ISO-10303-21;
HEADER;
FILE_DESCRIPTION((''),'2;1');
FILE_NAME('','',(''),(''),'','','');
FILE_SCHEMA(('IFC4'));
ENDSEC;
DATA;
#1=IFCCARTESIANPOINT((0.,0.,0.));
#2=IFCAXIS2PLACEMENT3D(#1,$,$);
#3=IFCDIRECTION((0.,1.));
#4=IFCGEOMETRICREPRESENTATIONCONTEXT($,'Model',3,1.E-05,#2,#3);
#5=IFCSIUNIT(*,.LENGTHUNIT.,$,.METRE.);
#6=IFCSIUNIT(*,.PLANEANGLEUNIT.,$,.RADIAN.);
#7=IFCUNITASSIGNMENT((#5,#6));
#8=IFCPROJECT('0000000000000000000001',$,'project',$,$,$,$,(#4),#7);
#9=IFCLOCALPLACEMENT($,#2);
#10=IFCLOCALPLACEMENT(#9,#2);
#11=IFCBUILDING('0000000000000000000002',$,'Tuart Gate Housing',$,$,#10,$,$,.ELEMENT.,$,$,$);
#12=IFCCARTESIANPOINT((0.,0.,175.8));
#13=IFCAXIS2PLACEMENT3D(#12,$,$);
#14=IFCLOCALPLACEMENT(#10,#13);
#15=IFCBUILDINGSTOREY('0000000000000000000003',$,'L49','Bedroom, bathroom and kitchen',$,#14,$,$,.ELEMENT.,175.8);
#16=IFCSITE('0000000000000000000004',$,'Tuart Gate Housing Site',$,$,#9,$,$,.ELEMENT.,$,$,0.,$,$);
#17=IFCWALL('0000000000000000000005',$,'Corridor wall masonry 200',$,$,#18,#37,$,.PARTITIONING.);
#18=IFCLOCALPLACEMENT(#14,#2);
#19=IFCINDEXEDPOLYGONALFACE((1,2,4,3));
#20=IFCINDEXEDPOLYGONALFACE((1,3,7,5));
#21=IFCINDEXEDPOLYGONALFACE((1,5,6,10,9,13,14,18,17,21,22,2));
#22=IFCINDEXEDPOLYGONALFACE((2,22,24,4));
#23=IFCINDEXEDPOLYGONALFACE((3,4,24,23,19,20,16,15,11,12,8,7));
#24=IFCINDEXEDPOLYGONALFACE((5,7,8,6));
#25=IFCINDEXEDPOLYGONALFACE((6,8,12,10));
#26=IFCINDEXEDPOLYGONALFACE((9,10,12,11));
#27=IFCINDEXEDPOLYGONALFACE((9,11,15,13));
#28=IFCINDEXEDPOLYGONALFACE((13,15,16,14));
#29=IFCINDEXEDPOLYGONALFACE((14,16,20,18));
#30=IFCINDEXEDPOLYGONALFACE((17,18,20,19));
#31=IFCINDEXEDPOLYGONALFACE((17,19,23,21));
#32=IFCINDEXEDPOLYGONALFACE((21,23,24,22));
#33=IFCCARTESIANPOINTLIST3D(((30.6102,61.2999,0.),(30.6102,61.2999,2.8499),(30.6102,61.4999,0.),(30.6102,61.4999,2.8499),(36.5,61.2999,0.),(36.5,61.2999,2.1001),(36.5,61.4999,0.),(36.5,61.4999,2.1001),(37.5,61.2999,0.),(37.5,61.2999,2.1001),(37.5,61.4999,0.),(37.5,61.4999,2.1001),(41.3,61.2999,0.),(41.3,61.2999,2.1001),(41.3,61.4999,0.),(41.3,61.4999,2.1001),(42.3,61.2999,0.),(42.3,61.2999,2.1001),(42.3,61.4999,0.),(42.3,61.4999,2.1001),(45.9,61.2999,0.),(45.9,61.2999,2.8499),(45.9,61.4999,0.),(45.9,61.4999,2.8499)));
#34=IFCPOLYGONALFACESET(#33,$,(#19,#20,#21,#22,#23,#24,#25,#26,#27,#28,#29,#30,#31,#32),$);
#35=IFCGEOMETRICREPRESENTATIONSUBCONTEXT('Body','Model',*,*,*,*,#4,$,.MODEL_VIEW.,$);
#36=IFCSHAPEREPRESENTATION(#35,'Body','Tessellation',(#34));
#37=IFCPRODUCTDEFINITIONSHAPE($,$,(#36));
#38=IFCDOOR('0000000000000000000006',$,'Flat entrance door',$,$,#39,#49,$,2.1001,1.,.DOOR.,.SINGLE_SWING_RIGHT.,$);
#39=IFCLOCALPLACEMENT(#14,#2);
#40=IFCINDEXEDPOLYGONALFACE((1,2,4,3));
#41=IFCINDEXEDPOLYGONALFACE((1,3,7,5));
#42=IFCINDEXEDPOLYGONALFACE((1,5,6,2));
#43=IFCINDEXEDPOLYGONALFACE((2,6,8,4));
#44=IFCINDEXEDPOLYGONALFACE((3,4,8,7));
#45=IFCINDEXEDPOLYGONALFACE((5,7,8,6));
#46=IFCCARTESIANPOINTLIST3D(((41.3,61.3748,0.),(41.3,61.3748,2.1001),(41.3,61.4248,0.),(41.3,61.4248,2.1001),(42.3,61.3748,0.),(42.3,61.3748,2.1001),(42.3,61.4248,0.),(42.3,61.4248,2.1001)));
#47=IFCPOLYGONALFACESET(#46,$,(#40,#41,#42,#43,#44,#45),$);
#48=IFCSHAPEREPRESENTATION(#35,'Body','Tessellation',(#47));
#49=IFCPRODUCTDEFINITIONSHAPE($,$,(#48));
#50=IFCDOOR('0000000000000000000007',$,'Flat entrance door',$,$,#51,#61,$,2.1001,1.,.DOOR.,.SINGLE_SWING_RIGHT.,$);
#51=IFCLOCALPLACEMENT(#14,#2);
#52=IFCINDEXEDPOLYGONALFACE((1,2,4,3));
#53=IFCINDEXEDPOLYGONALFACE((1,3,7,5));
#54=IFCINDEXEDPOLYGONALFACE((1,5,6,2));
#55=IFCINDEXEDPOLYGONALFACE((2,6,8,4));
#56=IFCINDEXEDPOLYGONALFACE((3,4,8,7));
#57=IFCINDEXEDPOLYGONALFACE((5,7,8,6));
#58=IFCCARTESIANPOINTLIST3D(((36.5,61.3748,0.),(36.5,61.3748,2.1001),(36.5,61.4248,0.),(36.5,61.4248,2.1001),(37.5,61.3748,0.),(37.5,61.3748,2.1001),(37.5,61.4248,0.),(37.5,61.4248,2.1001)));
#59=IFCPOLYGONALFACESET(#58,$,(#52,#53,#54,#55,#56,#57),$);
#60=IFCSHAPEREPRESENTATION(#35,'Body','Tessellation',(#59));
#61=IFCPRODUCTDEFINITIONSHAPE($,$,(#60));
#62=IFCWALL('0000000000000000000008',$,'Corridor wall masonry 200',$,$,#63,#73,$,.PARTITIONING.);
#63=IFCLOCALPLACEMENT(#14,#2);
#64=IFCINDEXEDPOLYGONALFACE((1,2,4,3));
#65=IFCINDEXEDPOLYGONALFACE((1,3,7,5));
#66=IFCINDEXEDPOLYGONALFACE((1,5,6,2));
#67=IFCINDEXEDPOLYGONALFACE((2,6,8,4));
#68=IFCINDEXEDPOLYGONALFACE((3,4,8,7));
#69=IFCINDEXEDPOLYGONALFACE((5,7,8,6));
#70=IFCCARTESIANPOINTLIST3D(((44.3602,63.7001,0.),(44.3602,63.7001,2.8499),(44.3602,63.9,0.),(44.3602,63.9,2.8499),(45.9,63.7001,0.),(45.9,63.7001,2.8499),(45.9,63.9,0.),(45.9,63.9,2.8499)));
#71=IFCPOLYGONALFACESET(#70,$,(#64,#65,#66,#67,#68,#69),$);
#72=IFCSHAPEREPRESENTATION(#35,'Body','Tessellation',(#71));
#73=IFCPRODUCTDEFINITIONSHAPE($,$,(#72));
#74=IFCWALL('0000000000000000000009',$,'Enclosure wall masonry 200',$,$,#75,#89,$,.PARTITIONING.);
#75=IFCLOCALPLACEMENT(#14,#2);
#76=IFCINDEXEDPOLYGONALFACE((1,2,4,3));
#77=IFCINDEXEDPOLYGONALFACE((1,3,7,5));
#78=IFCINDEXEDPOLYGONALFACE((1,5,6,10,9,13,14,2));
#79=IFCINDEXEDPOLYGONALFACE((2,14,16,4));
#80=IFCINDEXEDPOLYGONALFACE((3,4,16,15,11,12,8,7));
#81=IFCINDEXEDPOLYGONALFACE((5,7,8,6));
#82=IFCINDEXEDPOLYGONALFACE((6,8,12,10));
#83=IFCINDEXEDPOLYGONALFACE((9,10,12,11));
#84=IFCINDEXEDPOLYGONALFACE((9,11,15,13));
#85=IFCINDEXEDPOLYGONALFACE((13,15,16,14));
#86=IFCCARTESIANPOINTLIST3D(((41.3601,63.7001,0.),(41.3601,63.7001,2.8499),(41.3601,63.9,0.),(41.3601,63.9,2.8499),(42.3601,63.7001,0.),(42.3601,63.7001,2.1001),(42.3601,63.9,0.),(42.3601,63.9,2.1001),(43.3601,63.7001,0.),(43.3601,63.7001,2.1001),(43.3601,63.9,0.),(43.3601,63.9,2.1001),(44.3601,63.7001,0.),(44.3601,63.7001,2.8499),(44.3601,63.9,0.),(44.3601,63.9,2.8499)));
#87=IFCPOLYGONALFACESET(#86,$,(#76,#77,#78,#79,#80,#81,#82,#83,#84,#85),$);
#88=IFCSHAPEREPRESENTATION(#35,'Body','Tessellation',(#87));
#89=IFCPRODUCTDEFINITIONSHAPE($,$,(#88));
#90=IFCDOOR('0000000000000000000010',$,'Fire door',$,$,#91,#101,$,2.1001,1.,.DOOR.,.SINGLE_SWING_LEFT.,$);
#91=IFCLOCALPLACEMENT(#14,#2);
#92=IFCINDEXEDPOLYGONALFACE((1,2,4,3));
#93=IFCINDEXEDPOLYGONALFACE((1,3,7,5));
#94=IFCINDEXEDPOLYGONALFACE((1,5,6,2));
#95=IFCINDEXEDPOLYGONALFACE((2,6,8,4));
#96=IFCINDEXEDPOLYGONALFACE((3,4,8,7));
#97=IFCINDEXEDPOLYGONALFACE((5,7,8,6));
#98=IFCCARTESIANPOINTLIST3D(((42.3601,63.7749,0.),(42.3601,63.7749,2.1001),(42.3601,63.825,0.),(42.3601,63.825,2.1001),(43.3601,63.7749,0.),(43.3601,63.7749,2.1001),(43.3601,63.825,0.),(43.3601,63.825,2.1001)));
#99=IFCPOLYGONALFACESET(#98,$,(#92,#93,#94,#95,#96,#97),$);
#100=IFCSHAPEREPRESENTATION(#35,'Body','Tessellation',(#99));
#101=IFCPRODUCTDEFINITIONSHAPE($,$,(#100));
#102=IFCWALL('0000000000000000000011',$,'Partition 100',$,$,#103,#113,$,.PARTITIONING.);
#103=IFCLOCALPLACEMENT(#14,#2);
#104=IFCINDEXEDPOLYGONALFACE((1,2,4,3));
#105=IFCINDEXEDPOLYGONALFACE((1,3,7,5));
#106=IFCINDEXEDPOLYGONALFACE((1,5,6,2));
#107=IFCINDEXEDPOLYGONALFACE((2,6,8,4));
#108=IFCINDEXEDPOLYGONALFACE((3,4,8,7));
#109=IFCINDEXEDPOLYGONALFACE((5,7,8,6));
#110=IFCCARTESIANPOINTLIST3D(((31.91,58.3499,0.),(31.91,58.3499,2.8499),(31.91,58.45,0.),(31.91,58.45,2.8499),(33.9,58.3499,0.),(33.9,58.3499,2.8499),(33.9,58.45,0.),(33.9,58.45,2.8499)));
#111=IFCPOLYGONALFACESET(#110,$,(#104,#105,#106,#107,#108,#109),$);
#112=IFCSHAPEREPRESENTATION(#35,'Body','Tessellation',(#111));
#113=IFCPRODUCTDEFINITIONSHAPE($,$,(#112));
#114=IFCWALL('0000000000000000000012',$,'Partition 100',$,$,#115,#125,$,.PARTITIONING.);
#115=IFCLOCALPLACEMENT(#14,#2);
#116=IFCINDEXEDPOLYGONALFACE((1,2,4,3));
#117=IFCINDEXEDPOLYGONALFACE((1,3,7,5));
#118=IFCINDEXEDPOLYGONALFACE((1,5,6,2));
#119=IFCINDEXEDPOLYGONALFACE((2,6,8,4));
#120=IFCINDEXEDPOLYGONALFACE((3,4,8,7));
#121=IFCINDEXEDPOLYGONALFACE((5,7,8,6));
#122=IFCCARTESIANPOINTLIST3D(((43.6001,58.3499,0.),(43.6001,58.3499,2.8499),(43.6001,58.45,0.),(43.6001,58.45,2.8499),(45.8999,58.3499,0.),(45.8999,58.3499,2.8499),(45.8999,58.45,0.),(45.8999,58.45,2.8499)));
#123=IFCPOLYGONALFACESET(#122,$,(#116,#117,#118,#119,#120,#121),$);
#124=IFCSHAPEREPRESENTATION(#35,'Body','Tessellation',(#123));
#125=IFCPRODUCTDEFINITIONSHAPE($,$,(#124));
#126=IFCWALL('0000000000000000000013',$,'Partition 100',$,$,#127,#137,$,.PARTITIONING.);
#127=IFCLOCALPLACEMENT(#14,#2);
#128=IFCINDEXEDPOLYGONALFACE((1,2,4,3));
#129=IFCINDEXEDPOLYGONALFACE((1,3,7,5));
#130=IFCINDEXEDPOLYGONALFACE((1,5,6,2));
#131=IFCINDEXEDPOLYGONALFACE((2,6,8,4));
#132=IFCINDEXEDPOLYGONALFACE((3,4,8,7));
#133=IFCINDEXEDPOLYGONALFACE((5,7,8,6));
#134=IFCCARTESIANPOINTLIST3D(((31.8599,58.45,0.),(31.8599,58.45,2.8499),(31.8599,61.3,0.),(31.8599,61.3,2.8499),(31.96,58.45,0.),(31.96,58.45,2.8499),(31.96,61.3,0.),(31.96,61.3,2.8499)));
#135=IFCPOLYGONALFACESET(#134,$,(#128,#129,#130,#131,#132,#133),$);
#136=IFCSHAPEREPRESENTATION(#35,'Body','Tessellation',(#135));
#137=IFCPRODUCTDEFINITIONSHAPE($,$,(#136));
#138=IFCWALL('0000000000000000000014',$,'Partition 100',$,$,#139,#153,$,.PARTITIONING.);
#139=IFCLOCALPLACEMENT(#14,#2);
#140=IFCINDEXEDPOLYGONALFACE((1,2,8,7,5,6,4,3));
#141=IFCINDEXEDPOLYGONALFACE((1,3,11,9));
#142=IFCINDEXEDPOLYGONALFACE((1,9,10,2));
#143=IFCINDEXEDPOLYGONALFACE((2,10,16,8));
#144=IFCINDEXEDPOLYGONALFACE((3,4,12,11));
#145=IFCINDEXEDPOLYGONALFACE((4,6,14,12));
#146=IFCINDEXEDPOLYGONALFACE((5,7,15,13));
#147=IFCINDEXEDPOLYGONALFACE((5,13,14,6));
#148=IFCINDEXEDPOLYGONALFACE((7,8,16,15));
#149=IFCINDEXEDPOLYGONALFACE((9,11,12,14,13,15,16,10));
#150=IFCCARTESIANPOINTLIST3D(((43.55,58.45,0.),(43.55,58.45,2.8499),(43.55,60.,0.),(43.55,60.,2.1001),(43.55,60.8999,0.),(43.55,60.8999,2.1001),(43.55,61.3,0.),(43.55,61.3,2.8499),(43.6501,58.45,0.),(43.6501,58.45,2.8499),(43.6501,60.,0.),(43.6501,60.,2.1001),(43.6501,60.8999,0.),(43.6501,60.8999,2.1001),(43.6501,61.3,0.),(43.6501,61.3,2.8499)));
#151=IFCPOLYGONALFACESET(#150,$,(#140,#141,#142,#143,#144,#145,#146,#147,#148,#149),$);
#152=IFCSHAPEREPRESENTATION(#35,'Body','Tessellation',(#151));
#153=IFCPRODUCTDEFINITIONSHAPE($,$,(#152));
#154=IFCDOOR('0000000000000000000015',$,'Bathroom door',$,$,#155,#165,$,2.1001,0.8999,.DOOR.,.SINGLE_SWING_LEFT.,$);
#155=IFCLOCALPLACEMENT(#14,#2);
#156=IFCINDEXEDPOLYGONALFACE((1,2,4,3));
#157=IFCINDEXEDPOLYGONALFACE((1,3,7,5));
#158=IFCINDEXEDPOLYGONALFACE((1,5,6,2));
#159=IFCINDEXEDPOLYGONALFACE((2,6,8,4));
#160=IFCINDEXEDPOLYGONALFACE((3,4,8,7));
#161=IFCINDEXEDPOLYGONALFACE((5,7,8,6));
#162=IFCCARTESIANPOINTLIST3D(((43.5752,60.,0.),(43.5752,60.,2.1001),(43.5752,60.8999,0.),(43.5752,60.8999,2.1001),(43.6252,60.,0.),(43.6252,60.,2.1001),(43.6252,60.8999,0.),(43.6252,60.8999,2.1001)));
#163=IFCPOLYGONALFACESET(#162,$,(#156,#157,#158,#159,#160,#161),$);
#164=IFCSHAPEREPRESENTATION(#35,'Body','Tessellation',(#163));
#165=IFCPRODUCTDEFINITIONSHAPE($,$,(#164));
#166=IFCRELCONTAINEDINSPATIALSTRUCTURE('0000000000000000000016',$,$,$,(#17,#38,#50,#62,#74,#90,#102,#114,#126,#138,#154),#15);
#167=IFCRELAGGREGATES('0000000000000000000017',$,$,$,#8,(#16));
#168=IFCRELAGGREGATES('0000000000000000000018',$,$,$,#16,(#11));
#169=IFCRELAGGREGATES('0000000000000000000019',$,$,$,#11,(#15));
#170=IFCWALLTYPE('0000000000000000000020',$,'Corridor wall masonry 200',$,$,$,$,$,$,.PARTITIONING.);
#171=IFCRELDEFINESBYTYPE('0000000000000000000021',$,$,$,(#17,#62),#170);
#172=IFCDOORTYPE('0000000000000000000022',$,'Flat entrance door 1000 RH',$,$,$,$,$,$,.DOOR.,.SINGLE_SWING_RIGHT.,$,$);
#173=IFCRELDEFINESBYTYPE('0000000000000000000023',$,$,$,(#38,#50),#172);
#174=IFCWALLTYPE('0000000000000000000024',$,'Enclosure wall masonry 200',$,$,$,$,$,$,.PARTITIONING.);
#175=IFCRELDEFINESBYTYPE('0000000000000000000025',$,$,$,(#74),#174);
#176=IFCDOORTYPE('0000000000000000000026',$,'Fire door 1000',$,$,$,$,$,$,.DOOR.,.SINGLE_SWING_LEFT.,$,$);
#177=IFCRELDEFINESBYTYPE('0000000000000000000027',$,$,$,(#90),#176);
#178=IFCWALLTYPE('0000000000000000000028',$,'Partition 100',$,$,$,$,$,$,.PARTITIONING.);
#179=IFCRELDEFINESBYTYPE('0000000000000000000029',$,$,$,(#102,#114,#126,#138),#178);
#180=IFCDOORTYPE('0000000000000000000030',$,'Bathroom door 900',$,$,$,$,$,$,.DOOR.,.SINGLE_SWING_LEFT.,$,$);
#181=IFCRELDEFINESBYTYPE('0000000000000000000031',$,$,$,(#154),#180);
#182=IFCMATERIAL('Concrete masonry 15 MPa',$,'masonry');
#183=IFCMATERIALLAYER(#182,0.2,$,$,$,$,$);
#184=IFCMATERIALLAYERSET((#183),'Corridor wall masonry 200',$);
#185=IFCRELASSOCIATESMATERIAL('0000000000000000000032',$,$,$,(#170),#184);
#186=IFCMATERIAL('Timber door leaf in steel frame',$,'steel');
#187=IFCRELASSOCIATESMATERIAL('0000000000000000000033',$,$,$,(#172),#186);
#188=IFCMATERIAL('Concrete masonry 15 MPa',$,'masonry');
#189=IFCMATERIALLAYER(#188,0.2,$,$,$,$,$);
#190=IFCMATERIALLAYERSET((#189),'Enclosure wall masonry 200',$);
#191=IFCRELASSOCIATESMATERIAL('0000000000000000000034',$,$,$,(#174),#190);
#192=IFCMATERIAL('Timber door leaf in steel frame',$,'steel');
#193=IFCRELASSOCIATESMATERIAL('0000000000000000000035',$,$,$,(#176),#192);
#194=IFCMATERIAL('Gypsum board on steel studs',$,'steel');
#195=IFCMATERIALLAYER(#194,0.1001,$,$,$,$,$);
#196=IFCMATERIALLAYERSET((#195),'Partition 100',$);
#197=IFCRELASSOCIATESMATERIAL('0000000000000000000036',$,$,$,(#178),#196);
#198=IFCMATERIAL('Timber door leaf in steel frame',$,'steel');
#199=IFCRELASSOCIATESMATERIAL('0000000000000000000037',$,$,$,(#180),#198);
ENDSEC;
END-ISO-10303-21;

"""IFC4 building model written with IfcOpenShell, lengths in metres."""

from ifc_helpers import new_model, si_unit, direction, frame, frame_2d, origin, place, context, subcontext, project, spatial, rectangle, extrude, material, layer, layer_set, type_object, element, fill, save


model = new_model("IFC4")

# Units and contexts
model_context = context("Model", 3, precision=1e-05, world=origin(), true_north=direction((0.0, 1.0)))
body_context = subcontext(model_context, "Body", "Model", "MODEL_VIEW")
ifc_project = project(units=[si_unit("LENGTHUNIT", "METRE"), si_unit("PLANEANGLEUNIT", "RADIAN")], contexts=[model_context])

# Site, building, storey
site_placement = place(None, origin())
site = spatial("IfcSite", under=ifc_project, at=site_placement, Name="Tuart Gate Housing Site", CompositionType="ELEMENT", RefElevation=0.0)
building_placement = place(site_placement, origin())
building = spatial("IfcBuilding", under=site, at=building_placement, Name="Tuart Gate Housing", CompositionType="ELEMENT")
storey_placement = place(building_placement, frame((0.0, 0.0, 175.8)))
storey = spatial("IfcBuildingStorey", under=building, at=storey_placement, Name="L49", Description="Bedroom, bathroom and kitchen", CompositionType="ELEMENT", Elevation=175.8)

# Wall, openings, doors
ifc_material_1 = material(Name="Concrete masonry 15 MPa", Category="masonry")
ifc_layer_1 = layer(ifc_material_1, 0.2)
ifc_layer_set_1 = layer_set([ifc_layer_1], Name="Corridor wall masonry 200")
wall_type_1 = type_object("IfcWallType", Name="Corridor wall masonry 200", PredefinedType="PARTITIONING", material=ifc_layer_set_1)
wall_1_placement = place(storey_placement, frame((30.6101, 61.3999, 0.0), z_axis=(0.0, 0.0, 1.0), x_axis=(1.0, 0.0, 0.0)))
wall_1 = element("IfcWall", 1, at=wall_1_placement, inside=storey, type_object=wall_type_1, Name="Corridor wall masonry 200", PredefinedType="PARTITIONING", context=body_context, shape_type="SweptSolid", body=[
    extrude(rectangle(XDim=15.2898, YDim=0.2, at=frame_2d((7.645, 0.0))), origin(), (0.0, 0.0, 1.0), 2.8499),
])
opening_1_placement = place(wall_1_placement, frame((10.6899, 0.0, 0.0)))
opening_1 = element("IfcOpeningElement", 2, at=opening_1_placement, cuts=wall_1, PredefinedType="OPENING", context=body_context, shape_type="SweptSolid", body=[
    extrude(rectangle(XDim=1.0, YDim=2.1001, at=frame_2d((0.5, 1.05))), frame((0.0, 0.1099, 0.0), z_axis=(0.0, -1.0, 0.0), x_axis=(1.0, 0.0, 0.0)), (0.0, 0.0, 1.0), 0.22),
])
opening_2_placement = place(wall_1_placement, frame((5.8899, 0.0, 0.0)))
opening_2 = element("IfcOpeningElement", 3, at=opening_2_placement, cuts=wall_1, PredefinedType="OPENING", context=body_context, shape_type="SweptSolid", body=[
    extrude(rectangle(XDim=1.0, YDim=2.1001, at=frame_2d((0.5, 1.05))), frame((0.0, 0.1099, 0.0), z_axis=(0.0, -1.0, 0.0), x_axis=(1.0, 0.0, 0.0)), (0.0, 0.0, 1.0), 0.22),
])
ifc_material_2 = material(Name="Timber door leaf in steel frame", Category="steel")
door_type_1 = type_object("IfcDoorType", Name="Flat entrance door 1000 RH", OperationType="SINGLE_SWING_RIGHT", PredefinedType="DOOR", material=ifc_material_2)
door_1_placement = place(opening_1_placement, frame((1.0, 0.0, 0.0), z_axis=(0.0, 0.0, 1.0), x_axis=(-1.0, 0.0, 0.0)))
door_1 = element("IfcDoor", 4, at=door_1_placement, inside=storey, type_object=door_type_1, Name="Flat entrance door", OperationType="SINGLE_SWING_RIGHT", OverallHeight=2.1001, OverallWidth=1.0, PredefinedType="DOOR", context=body_context, shape_type="SweptSolid", body=[
    extrude(rectangle(XDim=1.0, YDim=2.1001, at=frame_2d((0.5, 1.05))), frame((0.0, 0.0251, 0.0), z_axis=(0.0, -1.0, 0.0), x_axis=(1.0, 0.0, 0.0)), (0.0, 0.0, 1.0), 0.05),
])
fill(opening_1, door_1)
door_2_placement = place(opening_2_placement, frame((1.0, 0.0, 0.0), z_axis=(0.0, 0.0, 1.0), x_axis=(-1.0, 0.0, 0.0)))
door_2 = element("IfcDoor", 5, at=door_2_placement, inside=storey, type_object=door_type_1, Name="Flat entrance door", OperationType="SINGLE_SWING_RIGHT", OverallHeight=2.1001, OverallWidth=1.0, PredefinedType="DOOR", context=body_context, shape_type="SweptSolid", body=[
    extrude(rectangle(XDim=1.0, YDim=2.1001, at=frame_2d((0.5, 1.05))), frame((0.0, 0.0251, 0.0), z_axis=(0.0, -1.0, 0.0), x_axis=(1.0, 0.0, 0.0)), (0.0, 0.0, 1.0), 0.05),
])
fill(opening_2, door_2)

# Wall
wall_2_placement = place(storey_placement, frame((44.3601, 63.8, 0.0), z_axis=(0.0, 0.0, 1.0), x_axis=(1.0, 0.0, 0.0)))
element("IfcWall", 6, at=wall_2_placement, inside=storey, type_object=wall_type_1, Name="Corridor wall masonry 200", PredefinedType="PARTITIONING", context=body_context, shape_type="SweptSolid", body=[
    extrude(rectangle(XDim=1.5398, YDim=0.2, at=frame_2d((0.77, 0.0))), origin(), (0.0, 0.0, 1.0), 2.8499),
])

# Wall, opening, door
ifc_material_3 = material(Name="Concrete masonry 15 MPa", Category="masonry")
ifc_layer_2 = layer(ifc_material_3, 0.2)
ifc_layer_set_2 = layer_set([ifc_layer_2], Name="Enclosure wall masonry 200")
wall_type_2 = type_object("IfcWallType", Name="Enclosure wall masonry 200", PredefinedType="PARTITIONING", material=ifc_layer_set_2)
wall_3_placement = place(storey_placement, frame((41.3601, 63.8, 0.0), z_axis=(0.0, 0.0, 1.0), x_axis=(1.0, 0.0, 0.0)))
wall_3 = element("IfcWall", 7, at=wall_3_placement, inside=storey, type_object=wall_type_2, Name="Enclosure wall masonry 200", PredefinedType="PARTITIONING", context=body_context, shape_type="SweptSolid", body=[
    extrude(rectangle(XDim=3.0, YDim=0.2, at=frame_2d((1.5, 0.0))), origin(), (0.0, 0.0, 1.0), 2.8499),
])
opening_3_placement = place(wall_3_placement, frame((1.0, 0.0, 0.0)))
opening_3 = element("IfcOpeningElement", 8, at=opening_3_placement, cuts=wall_3, PredefinedType="OPENING", context=body_context, shape_type="SweptSolid", body=[
    extrude(rectangle(XDim=1.0, YDim=2.1001, at=frame_2d((0.5, 1.05))), frame((0.0, 0.1099, 0.0), z_axis=(0.0, -1.0, 0.0), x_axis=(1.0, 0.0, 0.0)), (0.0, 0.0, 1.0), 0.22),
])
ifc_material_4 = material(Name="Timber door leaf in steel frame", Category="steel")
door_type_2 = type_object("IfcDoorType", Name="Fire door 1000", OperationType="SINGLE_SWING_LEFT", PredefinedType="DOOR", material=ifc_material_4)
door_3_placement = place(opening_3_placement, frame((1.0, 0.0, 0.0), z_axis=(0.0, 0.0, 1.0), x_axis=(-1.0, 0.0, 0.0)))
door_3 = element("IfcDoor", 9, at=door_3_placement, inside=storey, type_object=door_type_2, Name="Fire door", OperationType="SINGLE_SWING_LEFT", OverallHeight=2.1001, OverallWidth=1.0, PredefinedType="DOOR", context=body_context, shape_type="SweptSolid", body=[
    extrude(rectangle(XDim=1.0, YDim=2.1001, at=frame_2d((0.5, 1.05))), frame((0.0, 0.0251, 0.0), z_axis=(0.0, -1.0, 0.0), x_axis=(1.0, 0.0, 0.0)), (0.0, 0.0, 1.0), 0.05),
])
fill(opening_3, door_3)

# Walls
ifc_material_5 = material(Name="Gypsum board on steel studs", Category="steel")
ifc_layer_3 = layer(ifc_material_5, 0.1001)
ifc_layer_set_3 = layer_set([ifc_layer_3], Name="Partition 100")
wall_type_3 = type_object("IfcWallType", Name="Partition 100", PredefinedType="PARTITIONING", material=ifc_layer_set_3)
wall_4_placement = place(storey_placement, frame((31.9099, 58.3999, 0.0), z_axis=(0.0, 0.0, 1.0), x_axis=(1.0, 0.0, 0.0)))
element("IfcWall", 10, at=wall_4_placement, inside=storey, type_object=wall_type_3, Name="Partition 100", PredefinedType="PARTITIONING", context=body_context, shape_type="SweptSolid", body=[
    extrude(rectangle(XDim=1.99, YDim=0.1001, at=frame_2d((0.9951, 0.0))), origin(), (0.0, 0.0, 1.0), 2.8499),
])
wall_5_placement = place(storey_placement, frame((43.6001, 58.3999, 0.0), z_axis=(0.0, 0.0, 1.0), x_axis=(1.0, 0.0, 0.0)))
element("IfcWall", 11, at=wall_5_placement, inside=storey, type_object=wall_type_3, Name="Partition 100", PredefinedType="PARTITIONING", context=body_context, shape_type="SweptSolid", body=[
    extrude(rectangle(XDim=2.2998, YDim=0.1001, at=frame_2d((1.1499, 0.0))), origin(), (0.0, 0.0, 1.0), 2.8499),
])
wall_6_placement = place(storey_placement, frame((31.9099, 58.45, 0.0), z_axis=(0.0, 0.0, 1.0), x_axis=(0.0, 1.0, 0.0)))
element("IfcWall", 12, at=wall_6_placement, inside=storey, type_object=wall_type_3, Name="Partition 100", PredefinedType="PARTITIONING", context=body_context, shape_type="SweptSolid", body=[
    extrude(rectangle(XDim=2.8501, YDim=0.1001, at=frame_2d((1.425, 0.0))), origin(), (0.0, 0.0, 1.0), 2.8499),
])

# Wall, opening, door
wall_7_placement = place(storey_placement, frame((43.6001, 58.45, 0.0), z_axis=(0.0, 0.0, 1.0), x_axis=(0.0, 1.0, 0.0)))
wall_7 = element("IfcWall", 13, at=wall_7_placement, inside=storey, type_object=wall_type_3, Name="Partition 100", PredefinedType="PARTITIONING", context=body_context, shape_type="SweptSolid", body=[
    extrude(rectangle(XDim=2.8501, YDim=0.1001, at=frame_2d((1.425, 0.0))), origin(), (0.0, 0.0, 1.0), 2.8499),
])
opening_4_placement = place(wall_7_placement, frame((1.55, 0.0, 0.0)))
opening_4 = element("IfcOpeningElement", 14, at=opening_4_placement, cuts=wall_7, PredefinedType="OPENING", context=body_context, shape_type="SweptSolid", body=[
    extrude(rectangle(XDim=0.8999, YDim=2.1001, at=frame_2d((0.45, 1.05))), frame((0.0, 0.0601, 0.0), z_axis=(0.0, -1.0, 0.0), x_axis=(1.0, 0.0, 0.0)), (0.0, 0.0, 1.0), 0.1201),
])
ifc_material_6 = material(Name="Timber door leaf in steel frame", Category="steel")
door_type_3 = type_object("IfcDoorType", Name="Bathroom door 900", OperationType="SINGLE_SWING_LEFT", PredefinedType="DOOR", material=ifc_material_6)
door_4_placement = place(opening_4_placement, frame((0.8999, 0.0, 0.0), z_axis=(0.0, 0.0, 1.0), x_axis=(-1.0, 0.0, 0.0)))
door_4 = element("IfcDoor", 15, at=door_4_placement, inside=storey, type_object=door_type_3, Name="Bathroom door", OperationType="SINGLE_SWING_LEFT", OverallHeight=2.1001, OverallWidth=0.8999, PredefinedType="DOOR", context=body_context, shape_type="SweptSolid", body=[
    extrude(rectangle(XDim=0.8999, YDim=2.1001, at=frame_2d((0.45, 1.05))), frame((0.0, 0.0251, 0.0), z_axis=(0.0, -1.0, 0.0), x_axis=(1.0, 0.0, 0.0)), (0.0, 0.0, 1.0), 0.05),
])
fill(opening_4, door_4)

save(model, "model.ifc")
